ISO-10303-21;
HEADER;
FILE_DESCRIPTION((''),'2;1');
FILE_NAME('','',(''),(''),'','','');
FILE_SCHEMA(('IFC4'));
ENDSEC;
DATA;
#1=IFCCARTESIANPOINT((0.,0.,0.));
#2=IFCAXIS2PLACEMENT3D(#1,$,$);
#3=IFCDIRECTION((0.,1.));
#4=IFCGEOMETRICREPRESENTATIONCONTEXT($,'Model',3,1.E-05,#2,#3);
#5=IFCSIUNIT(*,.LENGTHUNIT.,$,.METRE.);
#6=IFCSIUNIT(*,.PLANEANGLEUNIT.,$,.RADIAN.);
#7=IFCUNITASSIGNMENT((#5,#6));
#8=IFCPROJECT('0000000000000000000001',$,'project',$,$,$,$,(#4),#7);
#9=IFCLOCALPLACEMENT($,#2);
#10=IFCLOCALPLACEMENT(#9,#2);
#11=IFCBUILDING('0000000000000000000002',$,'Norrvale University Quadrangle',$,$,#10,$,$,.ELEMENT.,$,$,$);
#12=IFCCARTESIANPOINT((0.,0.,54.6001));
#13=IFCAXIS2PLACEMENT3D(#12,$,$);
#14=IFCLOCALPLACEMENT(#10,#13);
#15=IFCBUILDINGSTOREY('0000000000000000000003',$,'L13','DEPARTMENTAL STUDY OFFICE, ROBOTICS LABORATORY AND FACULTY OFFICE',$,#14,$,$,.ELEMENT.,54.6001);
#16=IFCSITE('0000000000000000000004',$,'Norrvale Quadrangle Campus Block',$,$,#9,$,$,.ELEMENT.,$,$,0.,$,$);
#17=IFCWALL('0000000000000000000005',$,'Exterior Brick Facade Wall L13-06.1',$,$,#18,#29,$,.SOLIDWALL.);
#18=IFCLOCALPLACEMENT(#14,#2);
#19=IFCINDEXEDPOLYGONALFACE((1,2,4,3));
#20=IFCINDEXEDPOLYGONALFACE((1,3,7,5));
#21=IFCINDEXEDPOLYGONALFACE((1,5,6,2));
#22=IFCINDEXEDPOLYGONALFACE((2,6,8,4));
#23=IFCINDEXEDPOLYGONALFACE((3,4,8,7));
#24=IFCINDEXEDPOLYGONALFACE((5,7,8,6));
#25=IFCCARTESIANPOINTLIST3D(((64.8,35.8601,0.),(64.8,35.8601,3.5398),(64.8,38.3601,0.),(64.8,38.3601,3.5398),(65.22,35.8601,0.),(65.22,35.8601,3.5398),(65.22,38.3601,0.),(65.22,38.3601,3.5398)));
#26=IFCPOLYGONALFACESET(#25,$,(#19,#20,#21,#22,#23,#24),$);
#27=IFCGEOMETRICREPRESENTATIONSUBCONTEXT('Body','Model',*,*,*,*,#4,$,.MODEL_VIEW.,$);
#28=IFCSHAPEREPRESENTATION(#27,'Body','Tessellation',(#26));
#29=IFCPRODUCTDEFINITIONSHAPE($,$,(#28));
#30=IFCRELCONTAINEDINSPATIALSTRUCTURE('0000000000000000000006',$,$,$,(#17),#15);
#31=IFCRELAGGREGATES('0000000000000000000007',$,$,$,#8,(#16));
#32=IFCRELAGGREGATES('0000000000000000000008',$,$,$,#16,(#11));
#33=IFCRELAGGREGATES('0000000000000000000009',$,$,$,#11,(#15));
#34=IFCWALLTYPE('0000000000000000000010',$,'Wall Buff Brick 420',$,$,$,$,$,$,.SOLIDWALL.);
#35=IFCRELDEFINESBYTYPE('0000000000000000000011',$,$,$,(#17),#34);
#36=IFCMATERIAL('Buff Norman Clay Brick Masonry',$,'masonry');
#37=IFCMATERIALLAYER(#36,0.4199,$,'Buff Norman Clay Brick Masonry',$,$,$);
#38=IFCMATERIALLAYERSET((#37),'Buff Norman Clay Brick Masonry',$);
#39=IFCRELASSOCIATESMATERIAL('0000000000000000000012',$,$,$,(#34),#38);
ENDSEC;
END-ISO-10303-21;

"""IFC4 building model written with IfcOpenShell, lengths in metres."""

from ifc_helpers import new_model, si_unit, direction, frame, frame_2d, origin, place, context, subcontext, project, spatial, rectangle, extrude, material, layer, layer_set, type_object, element, save


model = new_model("IFC4")

# Units and contexts
model_context = context("Model", 3, precision=1e-05, world=origin(), true_north=direction((0.0, 1.0)))
body_context = subcontext(model_context, "Body", "Model", "MODEL_VIEW")
ifc_project = project(units=[si_unit("LENGTHUNIT", "METRE"), si_unit("PLANEANGLEUNIT", "RADIAN")], contexts=[model_context])

# Site, building, storey
site_placement = place(None, origin())
site = spatial("IfcSite", under=ifc_project, at=site_placement, Name="Norrvale Quadrangle Campus Block", CompositionType="ELEMENT", RefElevation=0.0)
building_placement = place(site_placement, origin())
building = spatial("IfcBuilding", under=site, at=building_placement, Name="Norrvale University Quadrangle", CompositionType="ELEMENT")
storey_placement = place(building_placement, frame((0.0, 0.0, 54.6001)))
storey = spatial("IfcBuildingStorey", under=building, at=storey_placement, Name="L13", Description="DEPARTMENTAL STUDY OFFICE, ROBOTICS LABORATORY AND FACULTY OFFICE", CompositionType="ELEMENT", Elevation=54.6001)

# Wall
ifc_material_1 = material(Name="Buff Norman Clay Brick Masonry", Category="masonry")
ifc_layer = layer(ifc_material_1, 0.4199, Name="Buff Norman Clay Brick Masonry")
ifc_layer_set = layer_set([ifc_layer], Name="Buff Norman Clay Brick Masonry")
wall_type = type_object("IfcWallType", Name="Wall Buff Brick 420", PredefinedType="SOLIDWALL", material=ifc_layer_set)
for number, where, z_axis, x_axis, name in (
    (1, (65.01, 35.8601, 0.0), (0.0, 0.0, 1.0), (0.0, 1.0, 0.0), "Exterior Brick Facade Wall L13-06.1"),
):
    element("IfcWall", number, at=place(storey_placement, frame(where, z_axis=z_axis, x_axis=x_axis)), inside=storey, type_object=wall_type, Name=name, PredefinedType="SOLIDWALL", context=body_context, shape_type="SweptSolid", body=[
        extrude(rectangle(XDim=2.5, YDim=0.4199, at=frame_2d((1.25, 0.0))), origin(), (0.0, 0.0, 1.0), 3.5398),
    ])

save(model, "model.ifc")
